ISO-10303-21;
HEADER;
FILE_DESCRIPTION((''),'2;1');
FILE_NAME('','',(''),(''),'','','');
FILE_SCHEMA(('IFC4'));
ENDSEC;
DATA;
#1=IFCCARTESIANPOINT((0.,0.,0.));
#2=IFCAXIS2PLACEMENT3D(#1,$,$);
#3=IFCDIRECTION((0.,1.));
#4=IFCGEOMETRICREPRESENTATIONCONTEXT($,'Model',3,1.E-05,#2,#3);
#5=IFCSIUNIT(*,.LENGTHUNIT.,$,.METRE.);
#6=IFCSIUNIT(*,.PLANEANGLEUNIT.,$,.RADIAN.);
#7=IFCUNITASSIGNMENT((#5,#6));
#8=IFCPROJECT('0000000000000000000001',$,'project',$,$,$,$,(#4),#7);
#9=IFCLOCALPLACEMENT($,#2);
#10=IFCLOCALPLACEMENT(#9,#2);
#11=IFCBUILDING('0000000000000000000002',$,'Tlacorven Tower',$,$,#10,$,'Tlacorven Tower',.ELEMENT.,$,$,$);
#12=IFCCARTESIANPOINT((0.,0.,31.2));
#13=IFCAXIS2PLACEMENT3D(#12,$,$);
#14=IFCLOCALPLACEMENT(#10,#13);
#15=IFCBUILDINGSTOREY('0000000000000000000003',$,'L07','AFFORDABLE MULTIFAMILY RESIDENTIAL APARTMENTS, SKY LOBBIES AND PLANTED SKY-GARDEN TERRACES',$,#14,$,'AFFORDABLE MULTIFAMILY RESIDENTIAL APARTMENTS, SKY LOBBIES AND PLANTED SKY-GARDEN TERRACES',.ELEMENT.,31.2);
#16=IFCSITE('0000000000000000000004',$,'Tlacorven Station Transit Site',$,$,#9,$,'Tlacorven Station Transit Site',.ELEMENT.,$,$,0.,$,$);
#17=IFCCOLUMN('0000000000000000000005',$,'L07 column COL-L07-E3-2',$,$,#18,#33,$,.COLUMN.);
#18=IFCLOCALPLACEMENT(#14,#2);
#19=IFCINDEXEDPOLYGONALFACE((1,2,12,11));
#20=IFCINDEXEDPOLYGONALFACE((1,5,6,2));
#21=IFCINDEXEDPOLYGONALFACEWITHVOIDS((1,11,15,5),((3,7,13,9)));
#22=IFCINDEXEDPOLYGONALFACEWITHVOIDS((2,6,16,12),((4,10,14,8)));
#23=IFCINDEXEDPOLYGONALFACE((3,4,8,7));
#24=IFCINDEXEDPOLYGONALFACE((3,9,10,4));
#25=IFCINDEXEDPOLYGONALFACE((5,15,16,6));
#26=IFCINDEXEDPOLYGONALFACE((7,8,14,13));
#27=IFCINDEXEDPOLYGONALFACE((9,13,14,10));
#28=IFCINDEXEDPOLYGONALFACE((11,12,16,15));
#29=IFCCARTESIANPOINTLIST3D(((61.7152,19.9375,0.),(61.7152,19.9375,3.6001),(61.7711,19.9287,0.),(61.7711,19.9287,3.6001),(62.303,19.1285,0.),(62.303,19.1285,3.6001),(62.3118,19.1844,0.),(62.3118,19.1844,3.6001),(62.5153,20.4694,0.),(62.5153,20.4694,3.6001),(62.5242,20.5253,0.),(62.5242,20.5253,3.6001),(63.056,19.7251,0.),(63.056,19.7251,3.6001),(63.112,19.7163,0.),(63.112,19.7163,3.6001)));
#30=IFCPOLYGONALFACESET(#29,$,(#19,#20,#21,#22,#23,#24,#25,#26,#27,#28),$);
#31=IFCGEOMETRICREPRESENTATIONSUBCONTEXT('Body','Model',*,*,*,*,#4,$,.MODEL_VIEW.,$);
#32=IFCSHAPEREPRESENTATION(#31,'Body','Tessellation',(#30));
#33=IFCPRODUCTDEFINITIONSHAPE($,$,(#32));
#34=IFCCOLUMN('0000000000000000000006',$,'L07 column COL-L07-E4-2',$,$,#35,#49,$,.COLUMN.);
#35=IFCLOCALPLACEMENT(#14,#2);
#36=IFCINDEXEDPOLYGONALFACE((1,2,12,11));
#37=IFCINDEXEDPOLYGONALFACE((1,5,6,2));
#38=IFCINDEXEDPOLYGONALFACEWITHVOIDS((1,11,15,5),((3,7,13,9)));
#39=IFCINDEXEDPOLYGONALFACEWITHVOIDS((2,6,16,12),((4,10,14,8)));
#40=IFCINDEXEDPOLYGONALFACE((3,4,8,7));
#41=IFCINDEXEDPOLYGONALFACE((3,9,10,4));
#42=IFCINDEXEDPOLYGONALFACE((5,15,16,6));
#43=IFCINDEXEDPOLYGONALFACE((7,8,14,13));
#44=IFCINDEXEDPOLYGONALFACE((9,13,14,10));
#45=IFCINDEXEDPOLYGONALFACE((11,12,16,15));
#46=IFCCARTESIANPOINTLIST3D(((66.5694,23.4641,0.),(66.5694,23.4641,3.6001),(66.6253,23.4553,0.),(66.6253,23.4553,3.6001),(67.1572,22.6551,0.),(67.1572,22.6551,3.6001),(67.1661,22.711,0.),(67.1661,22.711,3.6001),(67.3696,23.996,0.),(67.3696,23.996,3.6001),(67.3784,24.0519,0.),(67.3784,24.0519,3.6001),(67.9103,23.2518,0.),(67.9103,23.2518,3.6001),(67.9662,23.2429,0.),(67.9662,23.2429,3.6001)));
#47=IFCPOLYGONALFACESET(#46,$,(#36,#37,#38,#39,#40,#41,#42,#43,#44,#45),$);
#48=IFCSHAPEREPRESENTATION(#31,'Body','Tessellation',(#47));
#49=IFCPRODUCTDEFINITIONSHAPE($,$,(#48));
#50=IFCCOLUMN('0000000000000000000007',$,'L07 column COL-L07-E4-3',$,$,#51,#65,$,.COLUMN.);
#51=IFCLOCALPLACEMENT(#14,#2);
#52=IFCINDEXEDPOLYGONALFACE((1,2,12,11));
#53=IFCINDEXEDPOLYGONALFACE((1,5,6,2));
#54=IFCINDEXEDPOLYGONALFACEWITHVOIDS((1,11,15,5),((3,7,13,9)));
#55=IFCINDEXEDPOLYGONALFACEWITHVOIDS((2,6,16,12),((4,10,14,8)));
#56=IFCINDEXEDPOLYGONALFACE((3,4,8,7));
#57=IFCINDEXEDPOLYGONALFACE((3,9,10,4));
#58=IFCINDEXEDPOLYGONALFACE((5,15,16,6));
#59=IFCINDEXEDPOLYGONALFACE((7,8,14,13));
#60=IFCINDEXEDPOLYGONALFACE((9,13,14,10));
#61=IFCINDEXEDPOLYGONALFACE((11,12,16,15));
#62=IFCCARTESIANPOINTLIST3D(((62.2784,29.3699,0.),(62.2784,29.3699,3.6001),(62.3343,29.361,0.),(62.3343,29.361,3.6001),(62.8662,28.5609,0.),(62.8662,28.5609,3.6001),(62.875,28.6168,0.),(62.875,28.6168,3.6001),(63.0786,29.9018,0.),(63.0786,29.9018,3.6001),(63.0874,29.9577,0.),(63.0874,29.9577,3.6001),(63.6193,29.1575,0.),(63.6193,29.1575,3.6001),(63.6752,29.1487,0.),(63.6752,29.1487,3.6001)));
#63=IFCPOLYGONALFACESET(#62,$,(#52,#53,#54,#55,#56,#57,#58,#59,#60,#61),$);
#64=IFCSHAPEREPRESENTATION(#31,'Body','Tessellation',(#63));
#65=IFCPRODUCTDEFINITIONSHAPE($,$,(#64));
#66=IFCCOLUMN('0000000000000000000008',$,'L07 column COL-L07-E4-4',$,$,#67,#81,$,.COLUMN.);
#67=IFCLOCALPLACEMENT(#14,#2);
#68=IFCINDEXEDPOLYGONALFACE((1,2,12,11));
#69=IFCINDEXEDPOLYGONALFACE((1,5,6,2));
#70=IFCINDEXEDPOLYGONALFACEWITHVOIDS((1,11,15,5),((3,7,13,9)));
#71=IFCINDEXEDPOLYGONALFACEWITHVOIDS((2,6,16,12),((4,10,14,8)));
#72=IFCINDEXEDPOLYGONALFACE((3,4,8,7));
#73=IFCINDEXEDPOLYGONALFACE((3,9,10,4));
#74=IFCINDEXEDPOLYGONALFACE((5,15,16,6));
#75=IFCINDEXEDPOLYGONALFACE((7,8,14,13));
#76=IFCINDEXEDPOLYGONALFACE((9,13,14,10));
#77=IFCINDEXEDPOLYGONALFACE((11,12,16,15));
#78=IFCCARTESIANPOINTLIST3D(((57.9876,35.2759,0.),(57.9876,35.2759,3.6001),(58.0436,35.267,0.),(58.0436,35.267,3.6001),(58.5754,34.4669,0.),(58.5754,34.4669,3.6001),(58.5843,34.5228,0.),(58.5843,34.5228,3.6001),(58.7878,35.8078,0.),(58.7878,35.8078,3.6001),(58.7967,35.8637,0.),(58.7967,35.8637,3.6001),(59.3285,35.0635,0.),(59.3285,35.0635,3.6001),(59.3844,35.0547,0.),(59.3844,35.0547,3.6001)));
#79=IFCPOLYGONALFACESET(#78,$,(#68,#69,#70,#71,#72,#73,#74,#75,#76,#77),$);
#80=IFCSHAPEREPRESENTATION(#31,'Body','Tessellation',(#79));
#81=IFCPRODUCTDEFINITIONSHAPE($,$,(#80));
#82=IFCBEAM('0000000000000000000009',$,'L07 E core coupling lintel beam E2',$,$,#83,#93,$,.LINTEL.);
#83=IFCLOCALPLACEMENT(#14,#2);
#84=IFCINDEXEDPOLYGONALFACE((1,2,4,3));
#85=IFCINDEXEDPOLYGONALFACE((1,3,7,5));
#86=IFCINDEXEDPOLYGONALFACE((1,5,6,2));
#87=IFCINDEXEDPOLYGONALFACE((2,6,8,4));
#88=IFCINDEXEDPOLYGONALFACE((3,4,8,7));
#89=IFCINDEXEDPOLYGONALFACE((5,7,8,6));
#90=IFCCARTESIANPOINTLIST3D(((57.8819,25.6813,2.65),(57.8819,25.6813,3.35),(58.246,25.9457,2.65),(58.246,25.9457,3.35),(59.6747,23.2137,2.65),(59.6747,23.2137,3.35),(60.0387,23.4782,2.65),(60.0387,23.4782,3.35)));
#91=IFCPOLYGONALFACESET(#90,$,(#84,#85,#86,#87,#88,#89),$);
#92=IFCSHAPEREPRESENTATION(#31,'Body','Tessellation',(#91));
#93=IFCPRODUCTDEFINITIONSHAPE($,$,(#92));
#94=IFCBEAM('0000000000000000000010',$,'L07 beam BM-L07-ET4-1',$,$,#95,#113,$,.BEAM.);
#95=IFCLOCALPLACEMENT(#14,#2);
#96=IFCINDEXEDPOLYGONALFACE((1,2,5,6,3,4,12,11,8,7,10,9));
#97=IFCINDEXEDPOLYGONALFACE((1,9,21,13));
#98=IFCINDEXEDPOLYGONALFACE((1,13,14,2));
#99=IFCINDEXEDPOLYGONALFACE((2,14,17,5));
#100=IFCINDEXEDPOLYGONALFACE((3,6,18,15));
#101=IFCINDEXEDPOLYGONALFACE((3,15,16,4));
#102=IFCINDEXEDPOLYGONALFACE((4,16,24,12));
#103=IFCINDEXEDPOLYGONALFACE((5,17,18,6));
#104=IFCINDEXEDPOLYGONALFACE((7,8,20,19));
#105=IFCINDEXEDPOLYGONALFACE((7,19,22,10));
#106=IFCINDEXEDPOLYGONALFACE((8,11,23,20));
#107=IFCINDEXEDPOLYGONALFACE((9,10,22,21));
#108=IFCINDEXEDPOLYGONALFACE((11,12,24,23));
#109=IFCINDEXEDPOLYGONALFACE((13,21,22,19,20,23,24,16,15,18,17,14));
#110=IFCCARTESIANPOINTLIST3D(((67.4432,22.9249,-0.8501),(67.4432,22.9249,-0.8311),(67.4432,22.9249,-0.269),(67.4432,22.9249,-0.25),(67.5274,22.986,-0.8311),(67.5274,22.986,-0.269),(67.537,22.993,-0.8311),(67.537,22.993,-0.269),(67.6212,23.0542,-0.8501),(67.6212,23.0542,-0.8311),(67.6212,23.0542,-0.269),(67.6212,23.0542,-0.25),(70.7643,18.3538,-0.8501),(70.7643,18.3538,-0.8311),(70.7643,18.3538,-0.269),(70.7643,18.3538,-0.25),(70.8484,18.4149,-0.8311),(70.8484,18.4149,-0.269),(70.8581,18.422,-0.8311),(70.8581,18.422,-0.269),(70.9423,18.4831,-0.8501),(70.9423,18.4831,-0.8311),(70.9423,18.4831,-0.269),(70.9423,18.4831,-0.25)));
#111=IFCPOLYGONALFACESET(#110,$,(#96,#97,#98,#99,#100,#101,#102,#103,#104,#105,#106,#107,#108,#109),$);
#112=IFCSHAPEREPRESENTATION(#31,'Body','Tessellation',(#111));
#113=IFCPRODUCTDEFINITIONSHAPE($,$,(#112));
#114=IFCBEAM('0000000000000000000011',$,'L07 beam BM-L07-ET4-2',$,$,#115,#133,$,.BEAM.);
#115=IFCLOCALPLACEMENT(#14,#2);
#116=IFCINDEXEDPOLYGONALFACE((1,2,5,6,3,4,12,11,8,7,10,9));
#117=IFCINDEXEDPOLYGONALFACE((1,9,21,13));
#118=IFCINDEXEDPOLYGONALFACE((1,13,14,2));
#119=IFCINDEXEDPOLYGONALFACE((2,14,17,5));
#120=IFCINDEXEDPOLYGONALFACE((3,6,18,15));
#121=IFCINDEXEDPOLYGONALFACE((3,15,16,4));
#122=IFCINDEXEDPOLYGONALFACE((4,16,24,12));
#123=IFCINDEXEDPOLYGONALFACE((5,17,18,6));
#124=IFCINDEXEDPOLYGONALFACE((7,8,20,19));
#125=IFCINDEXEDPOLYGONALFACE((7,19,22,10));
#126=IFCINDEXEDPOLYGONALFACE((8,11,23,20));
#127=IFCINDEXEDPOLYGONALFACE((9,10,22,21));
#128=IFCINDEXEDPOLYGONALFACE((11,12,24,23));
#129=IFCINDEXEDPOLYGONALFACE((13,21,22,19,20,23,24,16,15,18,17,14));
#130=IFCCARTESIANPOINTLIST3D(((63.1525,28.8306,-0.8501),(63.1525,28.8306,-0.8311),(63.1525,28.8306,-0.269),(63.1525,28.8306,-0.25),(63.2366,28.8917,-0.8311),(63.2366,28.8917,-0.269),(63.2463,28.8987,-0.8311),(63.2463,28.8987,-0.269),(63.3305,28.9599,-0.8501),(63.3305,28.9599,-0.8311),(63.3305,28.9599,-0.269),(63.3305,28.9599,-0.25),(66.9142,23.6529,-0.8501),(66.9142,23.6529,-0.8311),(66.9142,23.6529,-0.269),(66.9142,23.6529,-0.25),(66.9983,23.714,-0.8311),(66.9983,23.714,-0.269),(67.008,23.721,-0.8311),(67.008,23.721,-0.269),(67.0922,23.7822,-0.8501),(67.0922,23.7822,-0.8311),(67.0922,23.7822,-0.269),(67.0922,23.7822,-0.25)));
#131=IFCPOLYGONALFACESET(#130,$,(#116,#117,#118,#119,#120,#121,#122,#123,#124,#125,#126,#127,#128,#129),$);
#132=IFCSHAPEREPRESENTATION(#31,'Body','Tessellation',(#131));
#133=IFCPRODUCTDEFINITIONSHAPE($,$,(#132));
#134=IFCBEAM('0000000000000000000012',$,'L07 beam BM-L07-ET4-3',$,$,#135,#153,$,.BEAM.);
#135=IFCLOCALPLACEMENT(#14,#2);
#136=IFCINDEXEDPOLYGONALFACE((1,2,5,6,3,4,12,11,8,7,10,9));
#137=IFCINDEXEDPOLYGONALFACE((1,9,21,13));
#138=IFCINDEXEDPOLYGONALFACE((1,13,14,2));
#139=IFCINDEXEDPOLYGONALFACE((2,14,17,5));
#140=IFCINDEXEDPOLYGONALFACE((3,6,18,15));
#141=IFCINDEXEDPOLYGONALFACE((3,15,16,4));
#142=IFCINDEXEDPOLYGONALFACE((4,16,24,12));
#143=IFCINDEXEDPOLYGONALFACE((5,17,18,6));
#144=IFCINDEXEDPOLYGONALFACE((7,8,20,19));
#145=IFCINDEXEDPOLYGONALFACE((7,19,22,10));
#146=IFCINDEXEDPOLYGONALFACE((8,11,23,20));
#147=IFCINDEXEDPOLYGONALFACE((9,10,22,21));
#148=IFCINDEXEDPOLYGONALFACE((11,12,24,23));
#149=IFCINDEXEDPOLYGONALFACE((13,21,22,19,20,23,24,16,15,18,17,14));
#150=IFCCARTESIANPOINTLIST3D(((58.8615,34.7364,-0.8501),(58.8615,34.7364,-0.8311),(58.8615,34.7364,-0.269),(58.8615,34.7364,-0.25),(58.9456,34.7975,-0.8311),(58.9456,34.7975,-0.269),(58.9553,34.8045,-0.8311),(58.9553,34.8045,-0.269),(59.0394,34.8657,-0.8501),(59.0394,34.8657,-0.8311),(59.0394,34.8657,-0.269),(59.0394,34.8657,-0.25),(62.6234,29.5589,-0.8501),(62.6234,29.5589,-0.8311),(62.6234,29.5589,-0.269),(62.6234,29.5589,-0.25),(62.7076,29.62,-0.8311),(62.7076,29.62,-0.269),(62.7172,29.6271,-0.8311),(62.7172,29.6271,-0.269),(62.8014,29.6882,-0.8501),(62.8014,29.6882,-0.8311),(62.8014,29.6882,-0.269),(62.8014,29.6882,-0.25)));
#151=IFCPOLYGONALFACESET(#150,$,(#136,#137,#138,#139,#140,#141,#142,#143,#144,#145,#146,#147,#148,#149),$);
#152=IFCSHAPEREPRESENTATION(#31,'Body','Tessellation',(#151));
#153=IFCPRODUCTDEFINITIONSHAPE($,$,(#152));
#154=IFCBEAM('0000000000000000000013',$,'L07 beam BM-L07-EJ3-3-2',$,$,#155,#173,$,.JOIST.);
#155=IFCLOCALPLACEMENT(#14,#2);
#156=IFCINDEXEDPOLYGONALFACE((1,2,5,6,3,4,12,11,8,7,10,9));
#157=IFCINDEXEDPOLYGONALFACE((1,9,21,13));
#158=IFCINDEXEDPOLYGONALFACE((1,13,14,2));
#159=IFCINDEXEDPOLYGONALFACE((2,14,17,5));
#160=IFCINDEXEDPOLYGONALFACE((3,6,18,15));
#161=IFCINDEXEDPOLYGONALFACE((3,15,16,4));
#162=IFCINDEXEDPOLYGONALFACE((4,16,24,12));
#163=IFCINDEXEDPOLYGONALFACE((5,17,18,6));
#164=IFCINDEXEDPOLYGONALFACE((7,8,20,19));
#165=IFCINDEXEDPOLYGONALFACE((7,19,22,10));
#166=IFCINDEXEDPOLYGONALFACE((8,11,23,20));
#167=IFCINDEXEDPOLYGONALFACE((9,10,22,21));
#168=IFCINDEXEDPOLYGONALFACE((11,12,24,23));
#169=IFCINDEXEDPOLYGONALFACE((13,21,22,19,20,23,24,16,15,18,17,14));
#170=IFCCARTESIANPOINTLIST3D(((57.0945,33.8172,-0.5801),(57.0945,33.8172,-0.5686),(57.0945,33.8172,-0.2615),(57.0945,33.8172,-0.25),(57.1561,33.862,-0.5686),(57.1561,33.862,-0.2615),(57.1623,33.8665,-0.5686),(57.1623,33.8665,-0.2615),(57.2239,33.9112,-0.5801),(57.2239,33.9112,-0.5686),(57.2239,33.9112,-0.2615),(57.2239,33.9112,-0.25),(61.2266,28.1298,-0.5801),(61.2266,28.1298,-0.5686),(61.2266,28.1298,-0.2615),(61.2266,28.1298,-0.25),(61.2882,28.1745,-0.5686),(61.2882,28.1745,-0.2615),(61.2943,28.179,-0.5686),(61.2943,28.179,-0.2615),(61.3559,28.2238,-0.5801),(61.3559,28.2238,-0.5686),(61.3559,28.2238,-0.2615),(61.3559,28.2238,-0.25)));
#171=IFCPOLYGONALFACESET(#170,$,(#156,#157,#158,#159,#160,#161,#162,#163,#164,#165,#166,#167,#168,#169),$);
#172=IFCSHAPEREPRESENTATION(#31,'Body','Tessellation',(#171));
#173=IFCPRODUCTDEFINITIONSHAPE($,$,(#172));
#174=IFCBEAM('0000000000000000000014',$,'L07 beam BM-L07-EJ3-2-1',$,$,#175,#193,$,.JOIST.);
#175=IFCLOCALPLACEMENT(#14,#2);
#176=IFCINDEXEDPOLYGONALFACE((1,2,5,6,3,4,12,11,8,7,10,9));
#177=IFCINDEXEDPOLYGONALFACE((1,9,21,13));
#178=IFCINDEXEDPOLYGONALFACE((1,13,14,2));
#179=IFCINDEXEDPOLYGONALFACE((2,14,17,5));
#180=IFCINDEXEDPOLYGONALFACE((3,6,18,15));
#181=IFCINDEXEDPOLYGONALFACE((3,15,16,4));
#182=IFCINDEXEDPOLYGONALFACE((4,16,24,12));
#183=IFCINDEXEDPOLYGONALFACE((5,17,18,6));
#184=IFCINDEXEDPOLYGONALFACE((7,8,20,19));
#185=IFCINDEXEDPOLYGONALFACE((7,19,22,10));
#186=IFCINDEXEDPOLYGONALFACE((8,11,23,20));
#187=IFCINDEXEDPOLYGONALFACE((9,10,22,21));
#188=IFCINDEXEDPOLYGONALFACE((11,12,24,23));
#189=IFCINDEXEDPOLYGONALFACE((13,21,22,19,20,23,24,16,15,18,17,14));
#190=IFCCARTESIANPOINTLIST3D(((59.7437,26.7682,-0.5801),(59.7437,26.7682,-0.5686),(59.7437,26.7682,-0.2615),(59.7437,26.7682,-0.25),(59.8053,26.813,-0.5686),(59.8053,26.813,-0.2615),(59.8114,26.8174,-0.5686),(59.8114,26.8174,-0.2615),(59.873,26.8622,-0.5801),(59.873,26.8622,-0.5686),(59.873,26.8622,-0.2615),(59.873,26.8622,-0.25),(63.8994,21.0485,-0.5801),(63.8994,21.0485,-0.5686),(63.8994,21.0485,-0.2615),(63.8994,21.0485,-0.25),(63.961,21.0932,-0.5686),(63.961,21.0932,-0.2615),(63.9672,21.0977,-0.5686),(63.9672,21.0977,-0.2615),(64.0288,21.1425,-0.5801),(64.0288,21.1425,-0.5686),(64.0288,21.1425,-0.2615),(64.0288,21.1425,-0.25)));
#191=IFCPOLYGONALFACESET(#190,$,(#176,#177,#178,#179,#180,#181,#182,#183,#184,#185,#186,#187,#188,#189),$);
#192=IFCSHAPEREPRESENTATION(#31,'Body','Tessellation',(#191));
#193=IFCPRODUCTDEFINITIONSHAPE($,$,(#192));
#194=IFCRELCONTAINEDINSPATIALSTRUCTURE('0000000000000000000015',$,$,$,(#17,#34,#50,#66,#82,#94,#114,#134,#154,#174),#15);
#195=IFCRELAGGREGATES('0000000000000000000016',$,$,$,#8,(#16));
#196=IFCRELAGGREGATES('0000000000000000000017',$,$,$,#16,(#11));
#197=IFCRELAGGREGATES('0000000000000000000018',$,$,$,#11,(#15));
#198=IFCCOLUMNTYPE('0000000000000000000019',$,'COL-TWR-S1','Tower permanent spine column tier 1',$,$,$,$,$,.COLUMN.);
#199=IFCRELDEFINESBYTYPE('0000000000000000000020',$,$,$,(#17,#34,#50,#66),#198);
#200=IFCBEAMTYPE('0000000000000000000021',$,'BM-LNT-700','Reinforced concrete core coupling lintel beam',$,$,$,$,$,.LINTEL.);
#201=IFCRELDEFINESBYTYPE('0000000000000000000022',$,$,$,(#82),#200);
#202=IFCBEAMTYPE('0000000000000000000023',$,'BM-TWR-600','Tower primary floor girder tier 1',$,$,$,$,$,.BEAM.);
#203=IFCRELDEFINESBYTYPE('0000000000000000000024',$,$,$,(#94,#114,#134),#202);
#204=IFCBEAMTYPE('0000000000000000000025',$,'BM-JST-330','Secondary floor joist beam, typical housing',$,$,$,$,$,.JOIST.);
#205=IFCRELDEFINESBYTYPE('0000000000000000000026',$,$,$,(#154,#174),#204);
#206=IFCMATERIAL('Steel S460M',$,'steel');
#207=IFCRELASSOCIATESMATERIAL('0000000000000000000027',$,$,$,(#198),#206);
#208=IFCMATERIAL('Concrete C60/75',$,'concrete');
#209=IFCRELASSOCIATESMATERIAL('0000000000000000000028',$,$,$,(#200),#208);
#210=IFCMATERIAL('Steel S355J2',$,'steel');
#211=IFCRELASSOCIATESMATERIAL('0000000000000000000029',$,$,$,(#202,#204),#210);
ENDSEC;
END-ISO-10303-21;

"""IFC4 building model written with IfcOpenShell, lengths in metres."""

from ifc_helpers import new_model, si_unit, direction, frame, origin, origin_2d, place, context, subcontext, project, spatial, rectangle, hollow_rectangle, i_section, extrude, source, transform, mapped, material, material_profile, profile_set, type_object, element, save


model = new_model("IFC4")

# Units and contexts
model_context = context("Model", 3, precision=1e-05, world=origin(), true_north=direction((0.0, 1.0)))
body_context = subcontext(model_context, "Body", "Model", "MODEL_VIEW")
ifc_project = project(units=[si_unit("LENGTHUNIT", "METRE"), si_unit("PLANEANGLEUNIT", "RADIAN")], contexts=[model_context])

# Site, building, storey
site_placement = place(None, origin())
site = spatial("IfcSite", under=ifc_project, at=site_placement, Name="Tlacorven Station Transit Site", LongName="Tlacorven Station Transit Site", CompositionType="ELEMENT", RefElevation=0.0)
building_placement = place(site_placement, origin())
building = spatial("IfcBuilding", under=site, at=building_placement, Name="Tlacorven Tower", LongName="Tlacorven Tower", CompositionType="ELEMENT")
storey_placement = place(building_placement, frame((0.0, 0.0, 31.2)))
storey = spatial("IfcBuildingStorey", under=building, at=storey_placement, Name="L07", Description="AFFORDABLE MULTIFAMILY RESIDENTIAL APARTMENTS, SKY LOBBIES AND PLANTED SKY-GARDEN TERRACES", LongName="AFFORDABLE MULTIFAMILY RESIDENTIAL APARTMENTS, SKY LOBBIES AND PLANTED SKY-GARDEN TERRACES", CompositionType="ELEMENT", Elevation=31.2)

# Columns
ifc_material_1 = material(Name="Steel S460M", Category="steel")
ifc_material_profile_1 = material_profile(ifc_material_1, hollow_rectangle(XDim=1.0, YDim=1.0, WallThickness=0.04, at=origin_2d()), Name="BOX 1000X1000X40")
ifc_profile_set_1 = profile_set([ifc_material_profile_1], Name="Steel S460M")
column_type = type_object("IfcColumnType", Name="COL-TWR-S1", Description="Tower permanent spine column tier 1", PredefinedType="COLUMN", material=ifc_profile_set_1)
shared_shape_1 = source(origin(), body_context, "Body", "SweptSolid", [
    extrude(hollow_rectangle(XDim=1.0, YDim=1.0, WallThickness=0.04, at=origin_2d()), origin(), (0.0, 0.0, 1.0), 3.6001),
])
for number, where, z_axis, x_axis, name in (
    (1, (62.4136, 19.8269, 0.0), (0.0, 0.0, 1.0), (0.809017, 0.587785, 0.0), "L07 column COL-L07-E3-2"),
    (2, (67.2678, 23.3535, 0.0), (0.0, 0.0, 1.0), (0.809017, 0.587785, 0.0), "L07 column COL-L07-E4-2"),
    (3, (62.9768, 29.2593, 0.0), (0.0, 0.0, 1.0), (0.809017, 0.587785, 0.0), "L07 column COL-L07-E4-3"),
    (4, (58.686, 35.1653, 0.0), (0.0, 0.0, 1.0), (0.809017, 0.587785, 0.0), "L07 column COL-L07-E4-4"),
):
    element("IfcColumn", number, at=place(storey_placement, frame(where, z_axis=z_axis, x_axis=x_axis)), inside=storey, type_object=column_type, Name=name, PredefinedType="COLUMN", context=body_context, shape_type="MappedRepresentation", body=[
        mapped(shared_shape_1, transform((0.0, 0.0, 0.0), scale=1.0)),
    ])

# Beams
ifc_material_2 = material(Name="Concrete C60/75", Category="concrete")
ifc_material_profile_2 = material_profile(ifc_material_2, rectangle(XDim=0.45, YDim=0.7, at=origin_2d()), Name="RC 450X700")
ifc_profile_set_2 = profile_set([ifc_material_profile_2], Name="Concrete C60/75")
beam_type_1 = type_object("IfcBeamType", Name="BM-LNT-700", Description="Reinforced concrete core coupling lintel beam", PredefinedType="LINTEL", material=ifc_profile_set_2)
shared_shape_2 = source(origin(), body_context, "Body", "SweptSolid", [
    extrude(rectangle(XDim=0.45, YDim=0.7, at=origin_2d()), origin(), (0.0, 0.0, 1.0), 3.05),
])
beam_1_placement = place(storey_placement, frame((59.8567, 23.3459, 3.0), z_axis=(-0.587777, 0.809023, 0.0), x_axis=(-0.809023, -0.587777, 0.0)))
element("IfcBeam", 5, at=beam_1_placement, inside=storey, type_object=beam_type_1, Name="L07 E core coupling lintel beam E2", PredefinedType="LINTEL", context=body_context, shape_type="MappedRepresentation", body=[
    mapped(shared_shape_2, transform((0.0, 0.0, 0.0), scale=1.0)),
])
ifc_material_3 = material(Name="Steel S355J2", Category="steel")
ifc_material_profile_3 = material_profile(ifc_material_3, i_section(OverallWidth=0.22, OverallDepth=0.6001, WebThickness=0.012, FlangeThickness=0.019, at=origin_2d()), Name="IPE 600")
ifc_profile_set_3 = profile_set([ifc_material_profile_3], Name="Steel S355J2")
beam_type_2 = type_object("IfcBeamType", Name="BM-TWR-600", Description="Tower primary floor girder tier 1", PredefinedType="BEAM", material=ifc_profile_set_3)
shared_shape_3 = source(origin(), body_context, "Body", "SweptSolid", [
    extrude(i_section(OverallWidth=0.22, OverallDepth=0.6001, WebThickness=0.012, FlangeThickness=0.019, at=origin_2d()), origin(), (0.0, 0.0, 1.0), 5.6501),
])
beam_2_placement = place(storey_placement, frame((70.8533, 18.4185, -0.55), z_axis=(-0.587784, 0.809018, 0.0), x_axis=(-0.809018, -0.587784, 0.0)))
element("IfcBeam", 6, at=beam_2_placement, inside=storey, type_object=beam_type_2, Name="L07 beam BM-L07-ET4-1", PredefinedType="BEAM", context=body_context, shape_type="MappedRepresentation", body=[
    mapped(shared_shape_3, transform((0.0, 0.0, 0.0), scale=1.0)),
])
shared_shape_4 = source(origin(), body_context, "Body", "SweptSolid", [
    extrude(i_section(OverallWidth=0.22, OverallDepth=0.6001, WebThickness=0.012, FlangeThickness=0.019, at=origin_2d()), origin(), (0.0, 0.0, 1.0), 6.3999),
])
for number, where, z_axis, x_axis, name in (
    (7, (67.0032, 23.7175, -0.55), (-0.587772, 0.809026, 0.0), (-0.809026, -0.587772, 0.0), "L07 beam BM-L07-ET4-2"),
    (8, (62.7124, 29.6235, -0.55), (-0.587816, 0.808995, 0.0), (-0.808995, -0.587816, 0.0), "L07 beam BM-L07-ET4-3"),
):
    element("IfcBeam", number, at=place(storey_placement, frame(where, z_axis=z_axis, x_axis=x_axis)), inside=storey, type_object=beam_type_2, Name=name, PredefinedType="BEAM", context=body_context, shape_type="MappedRepresentation", body=[
        mapped(shared_shape_4, transform((0.0, 0.0, 0.0), scale=1.0)),
    ])
ifc_material_profile_4 = material_profile(ifc_material_3, i_section(OverallWidth=0.1599, OverallDepth=0.3301, WebThickness=0.0076, FlangeThickness=0.0115, at=origin_2d()), Name="IPE 330")
ifc_profile_set_4 = profile_set([ifc_material_profile_4], Name="Steel S355J2")
beam_type_3 = type_object("IfcBeamType", Name="BM-JST-330", Description="Secondary floor joist beam, typical housing", PredefinedType="JOIST", material=ifc_profile_set_4)
shared_shape_5 = source(origin(), body_context, "Body", "SweptSolid", [
    extrude(i_section(OverallWidth=0.1599, OverallDepth=0.3301, WebThickness=0.0076, FlangeThickness=0.0115, at=origin_2d()), origin(), (0.0, 0.0, 1.0), 7.03),
])
beam_3_placement = place(storey_placement, frame((61.2913, 28.1768, -0.415), z_axis=(-0.587773, 0.809026, 0.0), x_axis=(-0.809026, -0.587773, 0.0)))
element("IfcBeam", 9, at=beam_3_placement, inside=storey, type_object=beam_type_3, Name="L07 beam BM-L07-EJ3-3-2", PredefinedType="JOIST", context=body_context, shape_type="MappedRepresentation", body=[
    mapped(shared_shape_5, transform((0.0, 0.0, 0.0), scale=1.0)),
])
shared_shape_6 = source(origin(), body_context, "Body", "SweptSolid", [
    extrude(i_section(OverallWidth=0.1599, OverallDepth=0.3301, WebThickness=0.0076, FlangeThickness=0.0115, at=origin_2d()), origin(), (0.0, 0.0, 1.0), 7.0701),
])
beam_4_placement = place(storey_placement, frame((63.9641, 21.0955, -0.415), z_axis=(-0.587798, 0.809008, 0.0), x_axis=(-0.809008, -0.587798, 0.0)))
element("IfcBeam", 10, at=beam_4_placement, inside=storey, type_object=beam_type_3, Name="L07 beam BM-L07-EJ3-2-1", PredefinedType="JOIST", context=body_context, shape_type="MappedRepresentation", body=[
    mapped(shared_shape_6, transform((0.0, 0.0, 0.0), scale=1.0)),
])

save(model, "model.ifc")
